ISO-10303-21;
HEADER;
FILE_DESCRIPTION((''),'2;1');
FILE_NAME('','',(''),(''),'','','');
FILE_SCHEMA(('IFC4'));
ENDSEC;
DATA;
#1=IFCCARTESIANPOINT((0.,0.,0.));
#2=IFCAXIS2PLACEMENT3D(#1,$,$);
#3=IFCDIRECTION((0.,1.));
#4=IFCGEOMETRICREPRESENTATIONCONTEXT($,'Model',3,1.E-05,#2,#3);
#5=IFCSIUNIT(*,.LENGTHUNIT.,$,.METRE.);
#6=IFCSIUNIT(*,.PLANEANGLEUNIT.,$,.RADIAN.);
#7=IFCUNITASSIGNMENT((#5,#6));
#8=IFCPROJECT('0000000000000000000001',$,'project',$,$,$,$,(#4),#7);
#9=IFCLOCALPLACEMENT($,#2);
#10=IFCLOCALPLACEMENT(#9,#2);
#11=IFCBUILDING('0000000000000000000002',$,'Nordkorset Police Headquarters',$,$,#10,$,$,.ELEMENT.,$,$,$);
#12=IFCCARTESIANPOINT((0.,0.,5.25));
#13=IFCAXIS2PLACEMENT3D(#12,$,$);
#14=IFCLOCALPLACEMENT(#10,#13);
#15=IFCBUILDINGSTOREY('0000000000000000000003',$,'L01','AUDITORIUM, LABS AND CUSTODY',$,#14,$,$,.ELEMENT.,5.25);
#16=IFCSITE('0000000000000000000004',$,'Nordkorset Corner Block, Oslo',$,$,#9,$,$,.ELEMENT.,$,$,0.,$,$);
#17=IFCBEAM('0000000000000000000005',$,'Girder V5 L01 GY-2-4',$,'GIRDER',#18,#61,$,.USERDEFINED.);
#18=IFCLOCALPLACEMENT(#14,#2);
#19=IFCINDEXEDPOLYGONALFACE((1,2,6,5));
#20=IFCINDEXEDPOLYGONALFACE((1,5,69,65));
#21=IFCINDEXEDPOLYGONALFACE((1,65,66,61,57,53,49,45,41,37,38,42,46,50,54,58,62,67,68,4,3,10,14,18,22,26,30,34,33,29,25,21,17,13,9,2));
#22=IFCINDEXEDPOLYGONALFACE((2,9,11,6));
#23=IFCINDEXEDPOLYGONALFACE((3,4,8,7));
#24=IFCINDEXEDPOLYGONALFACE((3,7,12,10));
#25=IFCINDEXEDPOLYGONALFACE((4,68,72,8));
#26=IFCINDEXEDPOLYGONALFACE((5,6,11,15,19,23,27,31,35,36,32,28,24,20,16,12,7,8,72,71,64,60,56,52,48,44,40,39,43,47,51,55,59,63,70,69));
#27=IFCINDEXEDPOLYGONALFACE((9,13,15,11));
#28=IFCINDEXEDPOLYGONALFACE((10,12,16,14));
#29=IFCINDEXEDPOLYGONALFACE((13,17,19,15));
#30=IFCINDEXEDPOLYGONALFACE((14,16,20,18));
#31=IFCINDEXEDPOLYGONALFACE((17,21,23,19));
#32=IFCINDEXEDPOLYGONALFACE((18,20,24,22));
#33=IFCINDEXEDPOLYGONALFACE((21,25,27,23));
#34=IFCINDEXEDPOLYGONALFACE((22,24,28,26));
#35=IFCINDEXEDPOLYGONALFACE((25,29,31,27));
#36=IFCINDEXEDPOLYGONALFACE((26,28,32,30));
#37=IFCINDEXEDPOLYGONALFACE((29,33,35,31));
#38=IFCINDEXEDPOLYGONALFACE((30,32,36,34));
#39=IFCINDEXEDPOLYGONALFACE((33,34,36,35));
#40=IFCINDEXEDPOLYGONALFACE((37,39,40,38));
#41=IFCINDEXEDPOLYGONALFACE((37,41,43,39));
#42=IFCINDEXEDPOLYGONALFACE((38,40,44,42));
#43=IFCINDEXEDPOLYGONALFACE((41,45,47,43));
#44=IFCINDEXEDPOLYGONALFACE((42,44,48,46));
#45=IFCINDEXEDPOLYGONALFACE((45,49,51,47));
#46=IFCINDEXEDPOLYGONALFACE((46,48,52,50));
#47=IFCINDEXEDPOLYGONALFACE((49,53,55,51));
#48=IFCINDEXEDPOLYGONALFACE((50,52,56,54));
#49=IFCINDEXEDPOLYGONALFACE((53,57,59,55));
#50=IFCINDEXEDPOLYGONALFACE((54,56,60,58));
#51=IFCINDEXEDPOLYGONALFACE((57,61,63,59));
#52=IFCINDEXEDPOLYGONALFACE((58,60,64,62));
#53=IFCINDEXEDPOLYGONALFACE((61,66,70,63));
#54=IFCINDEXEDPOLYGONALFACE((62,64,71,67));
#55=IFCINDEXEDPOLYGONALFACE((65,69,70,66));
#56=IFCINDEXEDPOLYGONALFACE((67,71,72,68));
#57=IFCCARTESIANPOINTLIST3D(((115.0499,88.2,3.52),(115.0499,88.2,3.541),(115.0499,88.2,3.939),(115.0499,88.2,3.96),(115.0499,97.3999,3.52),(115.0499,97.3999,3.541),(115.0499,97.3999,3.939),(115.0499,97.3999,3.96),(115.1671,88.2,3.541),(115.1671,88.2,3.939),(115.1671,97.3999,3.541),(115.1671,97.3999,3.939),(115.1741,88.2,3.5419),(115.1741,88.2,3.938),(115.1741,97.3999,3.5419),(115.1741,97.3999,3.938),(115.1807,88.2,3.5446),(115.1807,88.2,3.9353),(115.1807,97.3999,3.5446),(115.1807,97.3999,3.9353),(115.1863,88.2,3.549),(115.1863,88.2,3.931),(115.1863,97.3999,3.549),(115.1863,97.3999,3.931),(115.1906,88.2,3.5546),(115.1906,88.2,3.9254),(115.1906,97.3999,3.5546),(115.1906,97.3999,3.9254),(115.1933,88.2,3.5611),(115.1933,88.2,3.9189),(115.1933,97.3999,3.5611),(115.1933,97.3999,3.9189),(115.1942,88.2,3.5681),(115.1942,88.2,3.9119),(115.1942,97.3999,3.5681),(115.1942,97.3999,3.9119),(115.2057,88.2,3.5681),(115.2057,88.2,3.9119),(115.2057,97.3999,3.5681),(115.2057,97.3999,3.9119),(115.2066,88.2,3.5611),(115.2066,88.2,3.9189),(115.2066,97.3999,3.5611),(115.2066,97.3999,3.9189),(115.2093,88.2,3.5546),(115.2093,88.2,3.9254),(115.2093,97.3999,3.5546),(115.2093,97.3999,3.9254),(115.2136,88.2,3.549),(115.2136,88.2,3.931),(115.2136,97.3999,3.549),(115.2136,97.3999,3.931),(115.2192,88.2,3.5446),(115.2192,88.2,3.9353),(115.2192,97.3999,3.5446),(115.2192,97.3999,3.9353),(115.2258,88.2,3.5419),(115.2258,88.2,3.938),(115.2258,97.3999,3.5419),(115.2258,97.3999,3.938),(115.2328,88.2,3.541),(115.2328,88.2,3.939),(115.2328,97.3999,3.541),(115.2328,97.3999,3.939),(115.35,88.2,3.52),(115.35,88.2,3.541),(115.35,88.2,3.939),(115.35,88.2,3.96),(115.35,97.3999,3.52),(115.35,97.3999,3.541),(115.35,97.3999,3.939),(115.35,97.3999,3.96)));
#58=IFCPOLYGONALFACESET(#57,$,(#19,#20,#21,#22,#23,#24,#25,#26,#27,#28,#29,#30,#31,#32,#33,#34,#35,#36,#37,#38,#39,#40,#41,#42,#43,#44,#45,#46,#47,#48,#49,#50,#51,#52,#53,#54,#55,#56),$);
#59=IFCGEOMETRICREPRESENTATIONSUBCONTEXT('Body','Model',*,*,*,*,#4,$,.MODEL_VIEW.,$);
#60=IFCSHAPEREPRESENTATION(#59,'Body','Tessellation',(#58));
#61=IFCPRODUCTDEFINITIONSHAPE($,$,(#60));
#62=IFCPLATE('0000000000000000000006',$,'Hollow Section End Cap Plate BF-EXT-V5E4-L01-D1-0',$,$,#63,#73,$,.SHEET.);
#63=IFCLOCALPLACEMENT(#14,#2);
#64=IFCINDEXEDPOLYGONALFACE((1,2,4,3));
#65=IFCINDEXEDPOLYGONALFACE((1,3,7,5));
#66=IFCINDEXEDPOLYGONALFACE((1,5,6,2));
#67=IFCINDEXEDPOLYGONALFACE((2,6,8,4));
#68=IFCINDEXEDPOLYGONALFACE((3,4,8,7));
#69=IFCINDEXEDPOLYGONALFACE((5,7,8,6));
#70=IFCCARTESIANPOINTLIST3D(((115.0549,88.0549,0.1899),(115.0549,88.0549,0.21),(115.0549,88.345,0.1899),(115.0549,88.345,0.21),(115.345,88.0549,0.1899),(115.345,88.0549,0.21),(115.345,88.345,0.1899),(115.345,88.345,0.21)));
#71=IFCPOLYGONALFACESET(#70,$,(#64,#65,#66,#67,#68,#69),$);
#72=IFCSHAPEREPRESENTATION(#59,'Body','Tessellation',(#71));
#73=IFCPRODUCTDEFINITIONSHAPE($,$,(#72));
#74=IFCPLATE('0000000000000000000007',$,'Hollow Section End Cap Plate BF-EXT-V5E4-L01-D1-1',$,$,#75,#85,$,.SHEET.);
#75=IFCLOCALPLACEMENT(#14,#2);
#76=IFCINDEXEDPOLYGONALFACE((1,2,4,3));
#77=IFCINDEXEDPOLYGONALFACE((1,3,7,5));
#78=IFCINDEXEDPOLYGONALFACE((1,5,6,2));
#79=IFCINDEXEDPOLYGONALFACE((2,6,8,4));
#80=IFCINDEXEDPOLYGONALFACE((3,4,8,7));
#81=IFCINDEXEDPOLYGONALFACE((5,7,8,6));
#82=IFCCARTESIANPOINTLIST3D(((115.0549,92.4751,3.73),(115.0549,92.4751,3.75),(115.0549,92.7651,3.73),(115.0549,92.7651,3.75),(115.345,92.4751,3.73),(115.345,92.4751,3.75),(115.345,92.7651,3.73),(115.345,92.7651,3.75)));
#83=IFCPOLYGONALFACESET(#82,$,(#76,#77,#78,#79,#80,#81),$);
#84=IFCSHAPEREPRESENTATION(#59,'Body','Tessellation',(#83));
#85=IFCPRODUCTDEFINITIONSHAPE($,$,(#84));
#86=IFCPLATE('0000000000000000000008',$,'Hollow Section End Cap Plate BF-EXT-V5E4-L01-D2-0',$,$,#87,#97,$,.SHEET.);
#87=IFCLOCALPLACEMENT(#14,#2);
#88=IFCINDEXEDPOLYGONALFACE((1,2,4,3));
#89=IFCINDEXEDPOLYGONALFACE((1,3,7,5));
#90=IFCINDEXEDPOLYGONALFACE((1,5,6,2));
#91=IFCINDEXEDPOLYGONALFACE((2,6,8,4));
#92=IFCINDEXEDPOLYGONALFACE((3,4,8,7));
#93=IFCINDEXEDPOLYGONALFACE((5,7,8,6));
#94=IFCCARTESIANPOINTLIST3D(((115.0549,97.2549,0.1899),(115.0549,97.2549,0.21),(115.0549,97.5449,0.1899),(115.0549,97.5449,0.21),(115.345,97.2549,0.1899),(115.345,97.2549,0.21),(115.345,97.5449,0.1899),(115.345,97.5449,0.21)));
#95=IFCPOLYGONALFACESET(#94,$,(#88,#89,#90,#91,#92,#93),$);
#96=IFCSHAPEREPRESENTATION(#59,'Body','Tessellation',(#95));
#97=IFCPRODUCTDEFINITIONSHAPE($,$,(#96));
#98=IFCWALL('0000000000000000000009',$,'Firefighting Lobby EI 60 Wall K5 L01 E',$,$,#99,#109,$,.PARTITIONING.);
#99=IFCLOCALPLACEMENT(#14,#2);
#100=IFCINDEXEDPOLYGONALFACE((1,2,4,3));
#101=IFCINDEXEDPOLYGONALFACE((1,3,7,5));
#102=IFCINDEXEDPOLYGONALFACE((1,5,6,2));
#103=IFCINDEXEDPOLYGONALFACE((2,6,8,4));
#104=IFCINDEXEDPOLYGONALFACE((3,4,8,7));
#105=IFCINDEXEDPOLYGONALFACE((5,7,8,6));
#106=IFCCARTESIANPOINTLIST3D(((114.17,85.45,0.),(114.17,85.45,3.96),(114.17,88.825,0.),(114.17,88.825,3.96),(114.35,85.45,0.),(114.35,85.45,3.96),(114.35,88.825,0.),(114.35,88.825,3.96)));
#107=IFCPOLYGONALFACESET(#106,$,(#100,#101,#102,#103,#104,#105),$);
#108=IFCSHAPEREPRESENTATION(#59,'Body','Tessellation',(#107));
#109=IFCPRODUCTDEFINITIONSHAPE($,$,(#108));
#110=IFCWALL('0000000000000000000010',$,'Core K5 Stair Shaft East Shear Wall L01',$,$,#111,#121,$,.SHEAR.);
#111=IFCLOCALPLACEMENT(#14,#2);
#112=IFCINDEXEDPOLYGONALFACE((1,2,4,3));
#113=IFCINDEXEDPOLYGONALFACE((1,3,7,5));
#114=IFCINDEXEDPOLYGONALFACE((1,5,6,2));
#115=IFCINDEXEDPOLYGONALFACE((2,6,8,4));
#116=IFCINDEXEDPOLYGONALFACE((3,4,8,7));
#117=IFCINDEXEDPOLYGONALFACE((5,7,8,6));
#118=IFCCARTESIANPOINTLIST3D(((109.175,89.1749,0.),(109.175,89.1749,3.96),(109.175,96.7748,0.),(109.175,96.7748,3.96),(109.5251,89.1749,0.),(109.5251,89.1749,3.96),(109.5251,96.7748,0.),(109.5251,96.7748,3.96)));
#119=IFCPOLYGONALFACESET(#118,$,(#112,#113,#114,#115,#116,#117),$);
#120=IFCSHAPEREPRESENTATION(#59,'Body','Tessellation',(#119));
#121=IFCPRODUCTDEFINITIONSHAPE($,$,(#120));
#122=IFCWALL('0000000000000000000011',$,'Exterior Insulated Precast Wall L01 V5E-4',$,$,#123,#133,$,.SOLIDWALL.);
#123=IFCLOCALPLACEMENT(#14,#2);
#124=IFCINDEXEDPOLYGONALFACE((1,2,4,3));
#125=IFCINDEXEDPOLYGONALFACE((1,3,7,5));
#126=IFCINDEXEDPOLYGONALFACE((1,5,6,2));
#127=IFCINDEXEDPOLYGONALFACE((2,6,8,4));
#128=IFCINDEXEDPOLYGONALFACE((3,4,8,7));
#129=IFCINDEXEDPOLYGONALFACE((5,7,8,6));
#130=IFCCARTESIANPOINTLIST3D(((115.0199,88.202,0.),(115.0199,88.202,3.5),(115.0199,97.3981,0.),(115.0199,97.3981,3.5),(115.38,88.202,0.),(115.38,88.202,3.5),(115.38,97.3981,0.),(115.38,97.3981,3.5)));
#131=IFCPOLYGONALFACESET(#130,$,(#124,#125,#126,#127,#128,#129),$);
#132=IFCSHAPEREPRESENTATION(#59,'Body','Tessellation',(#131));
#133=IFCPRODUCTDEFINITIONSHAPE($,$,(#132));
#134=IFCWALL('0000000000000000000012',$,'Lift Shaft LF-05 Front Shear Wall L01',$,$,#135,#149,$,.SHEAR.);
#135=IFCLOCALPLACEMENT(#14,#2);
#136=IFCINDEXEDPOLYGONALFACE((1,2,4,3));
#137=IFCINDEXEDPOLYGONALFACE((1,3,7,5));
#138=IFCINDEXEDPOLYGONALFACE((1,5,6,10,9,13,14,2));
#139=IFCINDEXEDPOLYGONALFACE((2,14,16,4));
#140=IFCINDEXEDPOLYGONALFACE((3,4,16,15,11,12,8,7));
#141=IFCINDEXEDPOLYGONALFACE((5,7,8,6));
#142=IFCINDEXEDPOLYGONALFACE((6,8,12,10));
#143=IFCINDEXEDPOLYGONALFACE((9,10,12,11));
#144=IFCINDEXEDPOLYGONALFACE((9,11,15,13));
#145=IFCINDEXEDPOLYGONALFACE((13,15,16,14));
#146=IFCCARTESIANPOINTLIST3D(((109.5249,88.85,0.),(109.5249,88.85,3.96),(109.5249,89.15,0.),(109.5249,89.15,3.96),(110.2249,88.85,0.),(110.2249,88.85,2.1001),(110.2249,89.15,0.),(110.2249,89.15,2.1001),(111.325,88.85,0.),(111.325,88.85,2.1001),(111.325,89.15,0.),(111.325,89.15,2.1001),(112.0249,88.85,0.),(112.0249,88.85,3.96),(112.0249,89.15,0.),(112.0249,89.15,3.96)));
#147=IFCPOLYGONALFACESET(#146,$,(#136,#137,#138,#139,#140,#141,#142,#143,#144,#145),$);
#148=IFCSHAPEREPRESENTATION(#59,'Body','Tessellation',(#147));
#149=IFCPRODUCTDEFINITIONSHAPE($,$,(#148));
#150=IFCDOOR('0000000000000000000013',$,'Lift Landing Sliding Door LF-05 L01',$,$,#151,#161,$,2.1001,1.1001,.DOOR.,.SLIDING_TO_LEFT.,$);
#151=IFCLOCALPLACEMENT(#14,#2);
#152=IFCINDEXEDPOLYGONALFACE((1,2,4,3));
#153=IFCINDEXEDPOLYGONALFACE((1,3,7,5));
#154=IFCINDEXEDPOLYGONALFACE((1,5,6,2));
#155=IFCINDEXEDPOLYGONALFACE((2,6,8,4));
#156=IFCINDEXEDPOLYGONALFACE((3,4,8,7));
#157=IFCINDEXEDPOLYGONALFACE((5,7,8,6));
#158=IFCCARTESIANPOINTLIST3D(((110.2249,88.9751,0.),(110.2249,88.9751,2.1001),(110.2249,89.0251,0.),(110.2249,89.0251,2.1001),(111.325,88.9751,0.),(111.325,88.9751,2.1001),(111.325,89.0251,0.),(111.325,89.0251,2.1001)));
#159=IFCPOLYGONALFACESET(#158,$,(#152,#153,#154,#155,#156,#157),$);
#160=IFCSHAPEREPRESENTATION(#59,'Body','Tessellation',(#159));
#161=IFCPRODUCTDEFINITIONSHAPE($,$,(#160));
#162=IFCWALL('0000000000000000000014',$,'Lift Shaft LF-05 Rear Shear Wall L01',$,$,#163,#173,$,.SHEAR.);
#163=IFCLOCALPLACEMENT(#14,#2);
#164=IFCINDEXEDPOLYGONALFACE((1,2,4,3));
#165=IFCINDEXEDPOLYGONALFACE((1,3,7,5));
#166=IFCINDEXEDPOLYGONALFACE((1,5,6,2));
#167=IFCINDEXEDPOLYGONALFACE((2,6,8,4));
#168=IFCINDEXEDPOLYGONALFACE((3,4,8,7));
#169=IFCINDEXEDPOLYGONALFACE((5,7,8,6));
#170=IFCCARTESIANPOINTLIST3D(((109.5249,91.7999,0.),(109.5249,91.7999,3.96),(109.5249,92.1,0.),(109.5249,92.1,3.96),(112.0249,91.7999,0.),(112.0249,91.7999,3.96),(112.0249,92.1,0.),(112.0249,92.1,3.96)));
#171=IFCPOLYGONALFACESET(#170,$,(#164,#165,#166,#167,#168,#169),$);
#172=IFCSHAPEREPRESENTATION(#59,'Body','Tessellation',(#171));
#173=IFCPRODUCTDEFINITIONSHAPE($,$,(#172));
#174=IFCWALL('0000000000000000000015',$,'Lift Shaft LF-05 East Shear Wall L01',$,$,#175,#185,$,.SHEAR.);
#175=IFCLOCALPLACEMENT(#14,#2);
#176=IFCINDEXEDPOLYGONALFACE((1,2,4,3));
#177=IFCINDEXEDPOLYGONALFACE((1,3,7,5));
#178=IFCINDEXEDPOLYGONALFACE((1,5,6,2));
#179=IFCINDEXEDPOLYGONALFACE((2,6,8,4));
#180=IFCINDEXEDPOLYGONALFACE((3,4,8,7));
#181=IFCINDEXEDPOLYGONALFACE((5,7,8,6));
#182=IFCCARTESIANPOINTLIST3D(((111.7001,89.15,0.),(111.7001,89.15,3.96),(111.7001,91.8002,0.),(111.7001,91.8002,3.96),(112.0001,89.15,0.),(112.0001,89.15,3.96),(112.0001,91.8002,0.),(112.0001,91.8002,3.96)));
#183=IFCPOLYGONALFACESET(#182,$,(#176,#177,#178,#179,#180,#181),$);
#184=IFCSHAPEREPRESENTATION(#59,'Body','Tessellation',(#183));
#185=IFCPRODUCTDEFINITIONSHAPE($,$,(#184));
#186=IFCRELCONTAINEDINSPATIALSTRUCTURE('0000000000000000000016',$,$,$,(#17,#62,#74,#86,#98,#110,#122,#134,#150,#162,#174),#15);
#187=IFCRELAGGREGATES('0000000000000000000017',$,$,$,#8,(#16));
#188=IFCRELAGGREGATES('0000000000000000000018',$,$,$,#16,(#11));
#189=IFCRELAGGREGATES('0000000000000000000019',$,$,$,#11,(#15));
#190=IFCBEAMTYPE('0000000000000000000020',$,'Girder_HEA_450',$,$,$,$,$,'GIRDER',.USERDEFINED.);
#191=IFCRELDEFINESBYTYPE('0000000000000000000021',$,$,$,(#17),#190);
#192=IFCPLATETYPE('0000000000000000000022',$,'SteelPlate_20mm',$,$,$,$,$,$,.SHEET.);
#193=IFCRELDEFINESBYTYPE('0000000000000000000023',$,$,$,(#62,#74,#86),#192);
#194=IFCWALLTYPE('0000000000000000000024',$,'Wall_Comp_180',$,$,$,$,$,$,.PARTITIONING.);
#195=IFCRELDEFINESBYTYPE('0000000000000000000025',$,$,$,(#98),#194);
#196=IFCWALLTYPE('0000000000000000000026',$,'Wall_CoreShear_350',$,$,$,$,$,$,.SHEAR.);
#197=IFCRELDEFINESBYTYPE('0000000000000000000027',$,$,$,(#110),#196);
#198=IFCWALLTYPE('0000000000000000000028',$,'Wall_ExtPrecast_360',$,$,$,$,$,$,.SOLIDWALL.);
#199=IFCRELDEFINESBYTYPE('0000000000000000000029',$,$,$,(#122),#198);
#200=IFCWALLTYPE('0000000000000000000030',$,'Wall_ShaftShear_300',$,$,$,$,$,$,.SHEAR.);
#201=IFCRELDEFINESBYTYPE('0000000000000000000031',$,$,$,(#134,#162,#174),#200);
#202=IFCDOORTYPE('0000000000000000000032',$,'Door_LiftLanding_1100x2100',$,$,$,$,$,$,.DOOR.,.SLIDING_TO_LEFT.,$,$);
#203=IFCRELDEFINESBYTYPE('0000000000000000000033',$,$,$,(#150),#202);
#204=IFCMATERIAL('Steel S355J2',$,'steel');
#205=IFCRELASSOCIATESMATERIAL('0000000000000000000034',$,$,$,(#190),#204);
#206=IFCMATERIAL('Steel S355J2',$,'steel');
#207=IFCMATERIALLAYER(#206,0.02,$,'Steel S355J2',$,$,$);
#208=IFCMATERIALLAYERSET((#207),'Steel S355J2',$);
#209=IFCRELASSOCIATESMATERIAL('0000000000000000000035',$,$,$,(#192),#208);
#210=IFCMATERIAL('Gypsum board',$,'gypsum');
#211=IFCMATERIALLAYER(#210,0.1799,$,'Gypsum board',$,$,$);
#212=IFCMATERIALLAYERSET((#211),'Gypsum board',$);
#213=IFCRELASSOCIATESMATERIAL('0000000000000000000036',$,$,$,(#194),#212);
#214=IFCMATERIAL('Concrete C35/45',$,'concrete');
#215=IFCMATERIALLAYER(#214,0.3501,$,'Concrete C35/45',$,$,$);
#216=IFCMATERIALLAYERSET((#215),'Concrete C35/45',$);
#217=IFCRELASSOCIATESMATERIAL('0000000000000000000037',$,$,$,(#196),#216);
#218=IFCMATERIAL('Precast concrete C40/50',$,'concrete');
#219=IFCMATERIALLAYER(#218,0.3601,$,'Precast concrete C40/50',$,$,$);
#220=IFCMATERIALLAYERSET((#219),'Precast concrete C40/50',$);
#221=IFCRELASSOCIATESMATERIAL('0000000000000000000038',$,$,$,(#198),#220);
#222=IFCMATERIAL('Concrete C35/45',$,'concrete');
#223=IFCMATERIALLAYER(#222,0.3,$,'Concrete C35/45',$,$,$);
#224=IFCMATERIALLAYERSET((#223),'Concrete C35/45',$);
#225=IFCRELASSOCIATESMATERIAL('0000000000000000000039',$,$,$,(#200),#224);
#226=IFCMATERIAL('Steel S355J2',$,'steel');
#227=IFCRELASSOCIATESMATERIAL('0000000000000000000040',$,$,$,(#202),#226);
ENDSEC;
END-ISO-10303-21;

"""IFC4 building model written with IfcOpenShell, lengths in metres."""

from ifc_helpers import new_model, si_unit, direction, frame, frame_2d, origin, origin_2d, place, context, subcontext, project, spatial, rectangle, i_section, extrude, material, layer, layer_set, material_profile, profile_set, type_object, element, fill, save


model = new_model("IFC4")

# Units and contexts
model_context = context("Model", 3, precision=1e-05, world=origin(), true_north=direction((0.0, 1.0)))
body_context = subcontext(model_context, "Body", "Model", "MODEL_VIEW")
ifc_project = project(units=[si_unit("LENGTHUNIT", "METRE"), si_unit("PLANEANGLEUNIT", "RADIAN")], contexts=[model_context])

# Site, building, storey
site_placement = place(None, origin())
site = spatial("IfcSite", under=ifc_project, at=site_placement, Name="Nordkorset Corner Block, Oslo", CompositionType="ELEMENT", RefElevation=0.0)
building_placement = place(site_placement, origin())
building = spatial("IfcBuilding", under=site, at=building_placement, Name="Nordkorset Police Headquarters", CompositionType="ELEMENT")
storey_placement = place(building_placement, frame((0.0, 0.0, 5.25)))
storey = spatial("IfcBuildingStorey", under=building, at=storey_placement, Name="L01", Description="AUDITORIUM, LABS AND CUSTODY", CompositionType="ELEMENT", Elevation=5.25)

# Beam
ifc_material_1 = material(Name="Steel S355J2", Category="steel")
ifc_material_profile_1 = material_profile(ifc_material_1, i_section(OverallWidth=0.3, OverallDepth=0.4399, WebThickness=0.0115, FlangeThickness=0.021, FilletRadius=0.0271, at=origin_2d()), Name="HEA 450")
ifc_profile_set_1 = profile_set([ifc_material_profile_1], Name="Steel S355J2")
beam_type = type_object("IfcBeamType", Name="Girder_HEA_450", ElementType="GIRDER", PredefinedType="USERDEFINED", material=ifc_profile_set_1)
beam_placement = place(storey_placement, frame((115.2, 88.2, 3.74), z_axis=(0.0, 1.0, 0.0), x_axis=(-1.0, 0.0, 0.0)))
element("IfcBeam", 1, at=beam_placement, inside=storey, type_object=beam_type, Name="Girder V5 L01 GY-2-4", ObjectType="GIRDER", PredefinedType="USERDEFINED", context=body_context, shape_type="SweptSolid", body=[
    extrude(i_section(OverallWidth=0.3, OverallDepth=0.4399, WebThickness=0.0115, FlangeThickness=0.021, FilletRadius=0.0271, at=origin_2d()), origin(), (0.0, 0.0, 1.0), 9.2),
])

# Plates
ifc_material_2 = material(Name="Steel S355J2", Category="steel")
ifc_layer_1 = layer(ifc_material_2, 0.02, Name="Steel S355J2")
ifc_layer_set_1 = layer_set([ifc_layer_1], Name="Steel S355J2")
plate_type = type_object("IfcPlateType", Name="SteelPlate_20mm", PredefinedType="SHEET", material=ifc_layer_set_1)
for number, where, z_axis, x_axis, name in (
    (2, (115.2, 88.2, 0.1899), (0.0, 0.0, 1.0), (1.0, 0.0, 0.0), "Hollow Section End Cap Plate BF-EXT-V5E4-L01-D1-0"),
    (3, (115.2, 92.6201, 3.73), (0.0, 0.0, 1.0), (1.0, 0.0, 0.0), "Hollow Section End Cap Plate BF-EXT-V5E4-L01-D1-1"),
    (4, (115.2, 97.3999, 0.1899), (0.0, 0.0, 1.0), (1.0, 0.0, 0.0), "Hollow Section End Cap Plate BF-EXT-V5E4-L01-D2-0"),
):
    element("IfcPlate", number, at=place(storey_placement, frame(where, z_axis=z_axis, x_axis=x_axis)), inside=storey, type_object=plate_type, Name=name, PredefinedType="SHEET", context=body_context, shape_type="SweptSolid", body=[
        extrude(rectangle(XDim=0.29, YDim=0.29, at=origin_2d()), origin(), (0.0, 0.0, 1.0), 0.02),
    ])

# Walls
ifc_material_3 = material(Name="Gypsum board", Category="gypsum")
ifc_layer_2 = layer(ifc_material_3, 0.1799, Name="Gypsum board")
ifc_layer_set_2 = layer_set([ifc_layer_2], Name="Gypsum board")
wall_type_1 = type_object("IfcWallType", Name="Wall_Comp_180", PredefinedType="PARTITIONING", material=ifc_layer_set_2)
wall_1_placement = place(storey_placement, frame((114.26, 85.45, 0.0), z_axis=(0.0, 0.0, 1.0), x_axis=(0.0, 1.0, 0.0)))
element("IfcWall", 5, at=wall_1_placement, inside=storey, type_object=wall_type_1, Name="Firefighting Lobby EI 60 Wall K5 L01 E", PredefinedType="PARTITIONING", context=body_context, shape_type="SweptSolid", body=[
    extrude(rectangle(XDim=3.375, YDim=0.1799, at=frame_2d((1.6875, 0.0))), origin(), (0.0, 0.0, 1.0), 3.96),
])
ifc_material_4 = material(Name="Concrete C35/45", Category="concrete")
ifc_layer_3 = layer(ifc_material_4, 0.3501, Name="Concrete C35/45")
ifc_layer_set_3 = layer_set([ifc_layer_3], Name="Concrete C35/45")
wall_type_2 = type_object("IfcWallType", Name="Wall_CoreShear_350", PredefinedType="SHEAR", material=ifc_layer_set_3)
wall_2_placement = place(storey_placement, frame((109.3501, 89.175, 0.0), z_axis=(0.0, 0.0, 1.0), x_axis=(0.0, 1.0, 0.0)))
element("IfcWall", 6, at=wall_2_placement, inside=storey, type_object=wall_type_2, Name="Core K5 Stair Shaft East Shear Wall L01", PredefinedType="SHEAR", context=body_context, shape_type="SweptSolid", body=[
    extrude(rectangle(XDim=7.5999, YDim=0.3501, at=frame_2d((3.7998, 0.0))), origin(), (0.0, 0.0, 1.0), 3.96),
])
ifc_material_5 = material(Name="Precast concrete C40/50", Category="concrete")
ifc_layer_4 = layer(ifc_material_5, 0.3601, Name="Precast concrete C40/50")
ifc_layer_set_4 = layer_set([ifc_layer_4], Name="Precast concrete C40/50")
wall_type_3 = type_object("IfcWallType", Name="Wall_ExtPrecast_360", PredefinedType="SOLIDWALL", material=ifc_layer_set_4)
wall_3_placement = place(storey_placement, frame((115.2, 88.2019, 0.0), z_axis=(0.0, 0.0, 1.0), x_axis=(0.0, 1.0, 0.0)))
element("IfcWall", 7, at=wall_3_placement, inside=storey, type_object=wall_type_3, Name="Exterior Insulated Precast Wall L01 V5E-4", PredefinedType="SOLIDWALL", context=body_context, shape_type="SweptSolid", body=[
    extrude(rectangle(XDim=9.196, YDim=0.3601, at=frame_2d((4.5981, 0.0))), origin(), (0.0, 0.0, 1.0), 3.5),
])

# Wall, opening, door
ifc_material_6 = material(Name="Concrete C35/45", Category="concrete")
ifc_layer_5 = layer(ifc_material_6, 0.3, Name="Concrete C35/45")
ifc_layer_set_5 = layer_set([ifc_layer_5], Name="Concrete C35/45")
wall_type_4 = type_object("IfcWallType", Name="Wall_ShaftShear_300", PredefinedType="SHEAR", material=ifc_layer_set_5)
wall_4_placement = place(storey_placement, frame((109.5249, 89.0, 0.0), z_axis=(0.0, 0.0, 1.0), x_axis=(1.0, 0.0, 0.0)))
wall_4 = element("IfcWall", 8, at=wall_4_placement, inside=storey, type_object=wall_type_4, Name="Lift Shaft LF-05 Front Shear Wall L01", PredefinedType="SHEAR", context=body_context, shape_type="SweptSolid", body=[
    extrude(rectangle(XDim=2.5, YDim=0.3, at=frame_2d((1.25, 0.0))), origin(), (0.0, 0.0, 1.0), 3.96),
])
opening_1_placement = place(wall_4_placement, frame((0.7, 0.0, 0.0)))
opening_1 = element("IfcOpeningElement", 9, at=opening_1_placement, cuts=wall_4, PredefinedType="OPENING", context=body_context, shape_type="SweptSolid", body=[
    extrude(rectangle(XDim=1.1001, YDim=2.1001, at=frame_2d((0.55, 1.05))), frame((0.0, 0.1602, 0.0), z_axis=(0.0, -1.0, 0.0), x_axis=(1.0, 0.0, 0.0)), (0.0, 0.0, 1.0), 0.3201),
])
ifc_material_7 = material(Name="Steel S355J2", Category="steel")
door_type_1 = type_object("IfcDoorType", Name="Door_LiftLanding_1100x2100", OperationType="SLIDING_TO_LEFT", PredefinedType="DOOR", material=ifc_material_7)
door_1_placement = place(opening_1_placement, frame((1.1001, 0.0, 0.0), z_axis=(0.0, 0.0, 1.0), x_axis=(-1.0, 0.0, 0.0)))
door_1 = element("IfcDoor", 10, at=door_1_placement, inside=storey, type_object=door_type_1, Name="Lift Landing Sliding Door LF-05 L01", OperationType="SLIDING_TO_LEFT", OverallHeight=2.1001, OverallWidth=1.1001, PredefinedType="DOOR", context=body_context, shape_type="SweptSolid", body=[
    extrude(rectangle(XDim=1.1001, YDim=2.1001, at=frame_2d((0.55, 1.05))), frame((0.0, 0.0249, 0.0), z_axis=(0.0, -1.0, 0.0), x_axis=(1.0, 0.0, 0.0)), (0.0, 0.0, 1.0), 0.05),
])
fill(opening_1, door_1)

# Walls
wall_5_placement = place(storey_placement, frame((109.5249, 91.95, 0.0), z_axis=(0.0, 0.0, 1.0), x_axis=(1.0, 0.0, 0.0)))
element("IfcWall", 11, at=wall_5_placement, inside=storey, type_object=wall_type_4, Name="Lift Shaft LF-05 Rear Shear Wall L01", PredefinedType="SHEAR", context=body_context, shape_type="SweptSolid", body=[
    extrude(rectangle(XDim=2.5, YDim=0.3, at=frame_2d((1.25, 0.0))), origin(), (0.0, 0.0, 1.0), 3.96),
])
wall_6_placement = place(storey_placement, frame((111.8501, 89.1499, 0.0), z_axis=(0.0, 0.0, 1.0), x_axis=(0.0, 1.0, 0.0)))
element("IfcWall", 12, at=wall_6_placement, inside=storey, type_object=wall_type_4, Name="Lift Shaft LF-05 East Shear Wall L01", PredefinedType="SHEAR", context=body_context, shape_type="SweptSolid", body=[
    extrude(rectangle(XDim=2.6501, YDim=0.3, at=frame_2d((1.3252, 0.0))), origin(), (0.0, 0.0, 1.0), 3.96),
])

save(model, "model.ifc")
